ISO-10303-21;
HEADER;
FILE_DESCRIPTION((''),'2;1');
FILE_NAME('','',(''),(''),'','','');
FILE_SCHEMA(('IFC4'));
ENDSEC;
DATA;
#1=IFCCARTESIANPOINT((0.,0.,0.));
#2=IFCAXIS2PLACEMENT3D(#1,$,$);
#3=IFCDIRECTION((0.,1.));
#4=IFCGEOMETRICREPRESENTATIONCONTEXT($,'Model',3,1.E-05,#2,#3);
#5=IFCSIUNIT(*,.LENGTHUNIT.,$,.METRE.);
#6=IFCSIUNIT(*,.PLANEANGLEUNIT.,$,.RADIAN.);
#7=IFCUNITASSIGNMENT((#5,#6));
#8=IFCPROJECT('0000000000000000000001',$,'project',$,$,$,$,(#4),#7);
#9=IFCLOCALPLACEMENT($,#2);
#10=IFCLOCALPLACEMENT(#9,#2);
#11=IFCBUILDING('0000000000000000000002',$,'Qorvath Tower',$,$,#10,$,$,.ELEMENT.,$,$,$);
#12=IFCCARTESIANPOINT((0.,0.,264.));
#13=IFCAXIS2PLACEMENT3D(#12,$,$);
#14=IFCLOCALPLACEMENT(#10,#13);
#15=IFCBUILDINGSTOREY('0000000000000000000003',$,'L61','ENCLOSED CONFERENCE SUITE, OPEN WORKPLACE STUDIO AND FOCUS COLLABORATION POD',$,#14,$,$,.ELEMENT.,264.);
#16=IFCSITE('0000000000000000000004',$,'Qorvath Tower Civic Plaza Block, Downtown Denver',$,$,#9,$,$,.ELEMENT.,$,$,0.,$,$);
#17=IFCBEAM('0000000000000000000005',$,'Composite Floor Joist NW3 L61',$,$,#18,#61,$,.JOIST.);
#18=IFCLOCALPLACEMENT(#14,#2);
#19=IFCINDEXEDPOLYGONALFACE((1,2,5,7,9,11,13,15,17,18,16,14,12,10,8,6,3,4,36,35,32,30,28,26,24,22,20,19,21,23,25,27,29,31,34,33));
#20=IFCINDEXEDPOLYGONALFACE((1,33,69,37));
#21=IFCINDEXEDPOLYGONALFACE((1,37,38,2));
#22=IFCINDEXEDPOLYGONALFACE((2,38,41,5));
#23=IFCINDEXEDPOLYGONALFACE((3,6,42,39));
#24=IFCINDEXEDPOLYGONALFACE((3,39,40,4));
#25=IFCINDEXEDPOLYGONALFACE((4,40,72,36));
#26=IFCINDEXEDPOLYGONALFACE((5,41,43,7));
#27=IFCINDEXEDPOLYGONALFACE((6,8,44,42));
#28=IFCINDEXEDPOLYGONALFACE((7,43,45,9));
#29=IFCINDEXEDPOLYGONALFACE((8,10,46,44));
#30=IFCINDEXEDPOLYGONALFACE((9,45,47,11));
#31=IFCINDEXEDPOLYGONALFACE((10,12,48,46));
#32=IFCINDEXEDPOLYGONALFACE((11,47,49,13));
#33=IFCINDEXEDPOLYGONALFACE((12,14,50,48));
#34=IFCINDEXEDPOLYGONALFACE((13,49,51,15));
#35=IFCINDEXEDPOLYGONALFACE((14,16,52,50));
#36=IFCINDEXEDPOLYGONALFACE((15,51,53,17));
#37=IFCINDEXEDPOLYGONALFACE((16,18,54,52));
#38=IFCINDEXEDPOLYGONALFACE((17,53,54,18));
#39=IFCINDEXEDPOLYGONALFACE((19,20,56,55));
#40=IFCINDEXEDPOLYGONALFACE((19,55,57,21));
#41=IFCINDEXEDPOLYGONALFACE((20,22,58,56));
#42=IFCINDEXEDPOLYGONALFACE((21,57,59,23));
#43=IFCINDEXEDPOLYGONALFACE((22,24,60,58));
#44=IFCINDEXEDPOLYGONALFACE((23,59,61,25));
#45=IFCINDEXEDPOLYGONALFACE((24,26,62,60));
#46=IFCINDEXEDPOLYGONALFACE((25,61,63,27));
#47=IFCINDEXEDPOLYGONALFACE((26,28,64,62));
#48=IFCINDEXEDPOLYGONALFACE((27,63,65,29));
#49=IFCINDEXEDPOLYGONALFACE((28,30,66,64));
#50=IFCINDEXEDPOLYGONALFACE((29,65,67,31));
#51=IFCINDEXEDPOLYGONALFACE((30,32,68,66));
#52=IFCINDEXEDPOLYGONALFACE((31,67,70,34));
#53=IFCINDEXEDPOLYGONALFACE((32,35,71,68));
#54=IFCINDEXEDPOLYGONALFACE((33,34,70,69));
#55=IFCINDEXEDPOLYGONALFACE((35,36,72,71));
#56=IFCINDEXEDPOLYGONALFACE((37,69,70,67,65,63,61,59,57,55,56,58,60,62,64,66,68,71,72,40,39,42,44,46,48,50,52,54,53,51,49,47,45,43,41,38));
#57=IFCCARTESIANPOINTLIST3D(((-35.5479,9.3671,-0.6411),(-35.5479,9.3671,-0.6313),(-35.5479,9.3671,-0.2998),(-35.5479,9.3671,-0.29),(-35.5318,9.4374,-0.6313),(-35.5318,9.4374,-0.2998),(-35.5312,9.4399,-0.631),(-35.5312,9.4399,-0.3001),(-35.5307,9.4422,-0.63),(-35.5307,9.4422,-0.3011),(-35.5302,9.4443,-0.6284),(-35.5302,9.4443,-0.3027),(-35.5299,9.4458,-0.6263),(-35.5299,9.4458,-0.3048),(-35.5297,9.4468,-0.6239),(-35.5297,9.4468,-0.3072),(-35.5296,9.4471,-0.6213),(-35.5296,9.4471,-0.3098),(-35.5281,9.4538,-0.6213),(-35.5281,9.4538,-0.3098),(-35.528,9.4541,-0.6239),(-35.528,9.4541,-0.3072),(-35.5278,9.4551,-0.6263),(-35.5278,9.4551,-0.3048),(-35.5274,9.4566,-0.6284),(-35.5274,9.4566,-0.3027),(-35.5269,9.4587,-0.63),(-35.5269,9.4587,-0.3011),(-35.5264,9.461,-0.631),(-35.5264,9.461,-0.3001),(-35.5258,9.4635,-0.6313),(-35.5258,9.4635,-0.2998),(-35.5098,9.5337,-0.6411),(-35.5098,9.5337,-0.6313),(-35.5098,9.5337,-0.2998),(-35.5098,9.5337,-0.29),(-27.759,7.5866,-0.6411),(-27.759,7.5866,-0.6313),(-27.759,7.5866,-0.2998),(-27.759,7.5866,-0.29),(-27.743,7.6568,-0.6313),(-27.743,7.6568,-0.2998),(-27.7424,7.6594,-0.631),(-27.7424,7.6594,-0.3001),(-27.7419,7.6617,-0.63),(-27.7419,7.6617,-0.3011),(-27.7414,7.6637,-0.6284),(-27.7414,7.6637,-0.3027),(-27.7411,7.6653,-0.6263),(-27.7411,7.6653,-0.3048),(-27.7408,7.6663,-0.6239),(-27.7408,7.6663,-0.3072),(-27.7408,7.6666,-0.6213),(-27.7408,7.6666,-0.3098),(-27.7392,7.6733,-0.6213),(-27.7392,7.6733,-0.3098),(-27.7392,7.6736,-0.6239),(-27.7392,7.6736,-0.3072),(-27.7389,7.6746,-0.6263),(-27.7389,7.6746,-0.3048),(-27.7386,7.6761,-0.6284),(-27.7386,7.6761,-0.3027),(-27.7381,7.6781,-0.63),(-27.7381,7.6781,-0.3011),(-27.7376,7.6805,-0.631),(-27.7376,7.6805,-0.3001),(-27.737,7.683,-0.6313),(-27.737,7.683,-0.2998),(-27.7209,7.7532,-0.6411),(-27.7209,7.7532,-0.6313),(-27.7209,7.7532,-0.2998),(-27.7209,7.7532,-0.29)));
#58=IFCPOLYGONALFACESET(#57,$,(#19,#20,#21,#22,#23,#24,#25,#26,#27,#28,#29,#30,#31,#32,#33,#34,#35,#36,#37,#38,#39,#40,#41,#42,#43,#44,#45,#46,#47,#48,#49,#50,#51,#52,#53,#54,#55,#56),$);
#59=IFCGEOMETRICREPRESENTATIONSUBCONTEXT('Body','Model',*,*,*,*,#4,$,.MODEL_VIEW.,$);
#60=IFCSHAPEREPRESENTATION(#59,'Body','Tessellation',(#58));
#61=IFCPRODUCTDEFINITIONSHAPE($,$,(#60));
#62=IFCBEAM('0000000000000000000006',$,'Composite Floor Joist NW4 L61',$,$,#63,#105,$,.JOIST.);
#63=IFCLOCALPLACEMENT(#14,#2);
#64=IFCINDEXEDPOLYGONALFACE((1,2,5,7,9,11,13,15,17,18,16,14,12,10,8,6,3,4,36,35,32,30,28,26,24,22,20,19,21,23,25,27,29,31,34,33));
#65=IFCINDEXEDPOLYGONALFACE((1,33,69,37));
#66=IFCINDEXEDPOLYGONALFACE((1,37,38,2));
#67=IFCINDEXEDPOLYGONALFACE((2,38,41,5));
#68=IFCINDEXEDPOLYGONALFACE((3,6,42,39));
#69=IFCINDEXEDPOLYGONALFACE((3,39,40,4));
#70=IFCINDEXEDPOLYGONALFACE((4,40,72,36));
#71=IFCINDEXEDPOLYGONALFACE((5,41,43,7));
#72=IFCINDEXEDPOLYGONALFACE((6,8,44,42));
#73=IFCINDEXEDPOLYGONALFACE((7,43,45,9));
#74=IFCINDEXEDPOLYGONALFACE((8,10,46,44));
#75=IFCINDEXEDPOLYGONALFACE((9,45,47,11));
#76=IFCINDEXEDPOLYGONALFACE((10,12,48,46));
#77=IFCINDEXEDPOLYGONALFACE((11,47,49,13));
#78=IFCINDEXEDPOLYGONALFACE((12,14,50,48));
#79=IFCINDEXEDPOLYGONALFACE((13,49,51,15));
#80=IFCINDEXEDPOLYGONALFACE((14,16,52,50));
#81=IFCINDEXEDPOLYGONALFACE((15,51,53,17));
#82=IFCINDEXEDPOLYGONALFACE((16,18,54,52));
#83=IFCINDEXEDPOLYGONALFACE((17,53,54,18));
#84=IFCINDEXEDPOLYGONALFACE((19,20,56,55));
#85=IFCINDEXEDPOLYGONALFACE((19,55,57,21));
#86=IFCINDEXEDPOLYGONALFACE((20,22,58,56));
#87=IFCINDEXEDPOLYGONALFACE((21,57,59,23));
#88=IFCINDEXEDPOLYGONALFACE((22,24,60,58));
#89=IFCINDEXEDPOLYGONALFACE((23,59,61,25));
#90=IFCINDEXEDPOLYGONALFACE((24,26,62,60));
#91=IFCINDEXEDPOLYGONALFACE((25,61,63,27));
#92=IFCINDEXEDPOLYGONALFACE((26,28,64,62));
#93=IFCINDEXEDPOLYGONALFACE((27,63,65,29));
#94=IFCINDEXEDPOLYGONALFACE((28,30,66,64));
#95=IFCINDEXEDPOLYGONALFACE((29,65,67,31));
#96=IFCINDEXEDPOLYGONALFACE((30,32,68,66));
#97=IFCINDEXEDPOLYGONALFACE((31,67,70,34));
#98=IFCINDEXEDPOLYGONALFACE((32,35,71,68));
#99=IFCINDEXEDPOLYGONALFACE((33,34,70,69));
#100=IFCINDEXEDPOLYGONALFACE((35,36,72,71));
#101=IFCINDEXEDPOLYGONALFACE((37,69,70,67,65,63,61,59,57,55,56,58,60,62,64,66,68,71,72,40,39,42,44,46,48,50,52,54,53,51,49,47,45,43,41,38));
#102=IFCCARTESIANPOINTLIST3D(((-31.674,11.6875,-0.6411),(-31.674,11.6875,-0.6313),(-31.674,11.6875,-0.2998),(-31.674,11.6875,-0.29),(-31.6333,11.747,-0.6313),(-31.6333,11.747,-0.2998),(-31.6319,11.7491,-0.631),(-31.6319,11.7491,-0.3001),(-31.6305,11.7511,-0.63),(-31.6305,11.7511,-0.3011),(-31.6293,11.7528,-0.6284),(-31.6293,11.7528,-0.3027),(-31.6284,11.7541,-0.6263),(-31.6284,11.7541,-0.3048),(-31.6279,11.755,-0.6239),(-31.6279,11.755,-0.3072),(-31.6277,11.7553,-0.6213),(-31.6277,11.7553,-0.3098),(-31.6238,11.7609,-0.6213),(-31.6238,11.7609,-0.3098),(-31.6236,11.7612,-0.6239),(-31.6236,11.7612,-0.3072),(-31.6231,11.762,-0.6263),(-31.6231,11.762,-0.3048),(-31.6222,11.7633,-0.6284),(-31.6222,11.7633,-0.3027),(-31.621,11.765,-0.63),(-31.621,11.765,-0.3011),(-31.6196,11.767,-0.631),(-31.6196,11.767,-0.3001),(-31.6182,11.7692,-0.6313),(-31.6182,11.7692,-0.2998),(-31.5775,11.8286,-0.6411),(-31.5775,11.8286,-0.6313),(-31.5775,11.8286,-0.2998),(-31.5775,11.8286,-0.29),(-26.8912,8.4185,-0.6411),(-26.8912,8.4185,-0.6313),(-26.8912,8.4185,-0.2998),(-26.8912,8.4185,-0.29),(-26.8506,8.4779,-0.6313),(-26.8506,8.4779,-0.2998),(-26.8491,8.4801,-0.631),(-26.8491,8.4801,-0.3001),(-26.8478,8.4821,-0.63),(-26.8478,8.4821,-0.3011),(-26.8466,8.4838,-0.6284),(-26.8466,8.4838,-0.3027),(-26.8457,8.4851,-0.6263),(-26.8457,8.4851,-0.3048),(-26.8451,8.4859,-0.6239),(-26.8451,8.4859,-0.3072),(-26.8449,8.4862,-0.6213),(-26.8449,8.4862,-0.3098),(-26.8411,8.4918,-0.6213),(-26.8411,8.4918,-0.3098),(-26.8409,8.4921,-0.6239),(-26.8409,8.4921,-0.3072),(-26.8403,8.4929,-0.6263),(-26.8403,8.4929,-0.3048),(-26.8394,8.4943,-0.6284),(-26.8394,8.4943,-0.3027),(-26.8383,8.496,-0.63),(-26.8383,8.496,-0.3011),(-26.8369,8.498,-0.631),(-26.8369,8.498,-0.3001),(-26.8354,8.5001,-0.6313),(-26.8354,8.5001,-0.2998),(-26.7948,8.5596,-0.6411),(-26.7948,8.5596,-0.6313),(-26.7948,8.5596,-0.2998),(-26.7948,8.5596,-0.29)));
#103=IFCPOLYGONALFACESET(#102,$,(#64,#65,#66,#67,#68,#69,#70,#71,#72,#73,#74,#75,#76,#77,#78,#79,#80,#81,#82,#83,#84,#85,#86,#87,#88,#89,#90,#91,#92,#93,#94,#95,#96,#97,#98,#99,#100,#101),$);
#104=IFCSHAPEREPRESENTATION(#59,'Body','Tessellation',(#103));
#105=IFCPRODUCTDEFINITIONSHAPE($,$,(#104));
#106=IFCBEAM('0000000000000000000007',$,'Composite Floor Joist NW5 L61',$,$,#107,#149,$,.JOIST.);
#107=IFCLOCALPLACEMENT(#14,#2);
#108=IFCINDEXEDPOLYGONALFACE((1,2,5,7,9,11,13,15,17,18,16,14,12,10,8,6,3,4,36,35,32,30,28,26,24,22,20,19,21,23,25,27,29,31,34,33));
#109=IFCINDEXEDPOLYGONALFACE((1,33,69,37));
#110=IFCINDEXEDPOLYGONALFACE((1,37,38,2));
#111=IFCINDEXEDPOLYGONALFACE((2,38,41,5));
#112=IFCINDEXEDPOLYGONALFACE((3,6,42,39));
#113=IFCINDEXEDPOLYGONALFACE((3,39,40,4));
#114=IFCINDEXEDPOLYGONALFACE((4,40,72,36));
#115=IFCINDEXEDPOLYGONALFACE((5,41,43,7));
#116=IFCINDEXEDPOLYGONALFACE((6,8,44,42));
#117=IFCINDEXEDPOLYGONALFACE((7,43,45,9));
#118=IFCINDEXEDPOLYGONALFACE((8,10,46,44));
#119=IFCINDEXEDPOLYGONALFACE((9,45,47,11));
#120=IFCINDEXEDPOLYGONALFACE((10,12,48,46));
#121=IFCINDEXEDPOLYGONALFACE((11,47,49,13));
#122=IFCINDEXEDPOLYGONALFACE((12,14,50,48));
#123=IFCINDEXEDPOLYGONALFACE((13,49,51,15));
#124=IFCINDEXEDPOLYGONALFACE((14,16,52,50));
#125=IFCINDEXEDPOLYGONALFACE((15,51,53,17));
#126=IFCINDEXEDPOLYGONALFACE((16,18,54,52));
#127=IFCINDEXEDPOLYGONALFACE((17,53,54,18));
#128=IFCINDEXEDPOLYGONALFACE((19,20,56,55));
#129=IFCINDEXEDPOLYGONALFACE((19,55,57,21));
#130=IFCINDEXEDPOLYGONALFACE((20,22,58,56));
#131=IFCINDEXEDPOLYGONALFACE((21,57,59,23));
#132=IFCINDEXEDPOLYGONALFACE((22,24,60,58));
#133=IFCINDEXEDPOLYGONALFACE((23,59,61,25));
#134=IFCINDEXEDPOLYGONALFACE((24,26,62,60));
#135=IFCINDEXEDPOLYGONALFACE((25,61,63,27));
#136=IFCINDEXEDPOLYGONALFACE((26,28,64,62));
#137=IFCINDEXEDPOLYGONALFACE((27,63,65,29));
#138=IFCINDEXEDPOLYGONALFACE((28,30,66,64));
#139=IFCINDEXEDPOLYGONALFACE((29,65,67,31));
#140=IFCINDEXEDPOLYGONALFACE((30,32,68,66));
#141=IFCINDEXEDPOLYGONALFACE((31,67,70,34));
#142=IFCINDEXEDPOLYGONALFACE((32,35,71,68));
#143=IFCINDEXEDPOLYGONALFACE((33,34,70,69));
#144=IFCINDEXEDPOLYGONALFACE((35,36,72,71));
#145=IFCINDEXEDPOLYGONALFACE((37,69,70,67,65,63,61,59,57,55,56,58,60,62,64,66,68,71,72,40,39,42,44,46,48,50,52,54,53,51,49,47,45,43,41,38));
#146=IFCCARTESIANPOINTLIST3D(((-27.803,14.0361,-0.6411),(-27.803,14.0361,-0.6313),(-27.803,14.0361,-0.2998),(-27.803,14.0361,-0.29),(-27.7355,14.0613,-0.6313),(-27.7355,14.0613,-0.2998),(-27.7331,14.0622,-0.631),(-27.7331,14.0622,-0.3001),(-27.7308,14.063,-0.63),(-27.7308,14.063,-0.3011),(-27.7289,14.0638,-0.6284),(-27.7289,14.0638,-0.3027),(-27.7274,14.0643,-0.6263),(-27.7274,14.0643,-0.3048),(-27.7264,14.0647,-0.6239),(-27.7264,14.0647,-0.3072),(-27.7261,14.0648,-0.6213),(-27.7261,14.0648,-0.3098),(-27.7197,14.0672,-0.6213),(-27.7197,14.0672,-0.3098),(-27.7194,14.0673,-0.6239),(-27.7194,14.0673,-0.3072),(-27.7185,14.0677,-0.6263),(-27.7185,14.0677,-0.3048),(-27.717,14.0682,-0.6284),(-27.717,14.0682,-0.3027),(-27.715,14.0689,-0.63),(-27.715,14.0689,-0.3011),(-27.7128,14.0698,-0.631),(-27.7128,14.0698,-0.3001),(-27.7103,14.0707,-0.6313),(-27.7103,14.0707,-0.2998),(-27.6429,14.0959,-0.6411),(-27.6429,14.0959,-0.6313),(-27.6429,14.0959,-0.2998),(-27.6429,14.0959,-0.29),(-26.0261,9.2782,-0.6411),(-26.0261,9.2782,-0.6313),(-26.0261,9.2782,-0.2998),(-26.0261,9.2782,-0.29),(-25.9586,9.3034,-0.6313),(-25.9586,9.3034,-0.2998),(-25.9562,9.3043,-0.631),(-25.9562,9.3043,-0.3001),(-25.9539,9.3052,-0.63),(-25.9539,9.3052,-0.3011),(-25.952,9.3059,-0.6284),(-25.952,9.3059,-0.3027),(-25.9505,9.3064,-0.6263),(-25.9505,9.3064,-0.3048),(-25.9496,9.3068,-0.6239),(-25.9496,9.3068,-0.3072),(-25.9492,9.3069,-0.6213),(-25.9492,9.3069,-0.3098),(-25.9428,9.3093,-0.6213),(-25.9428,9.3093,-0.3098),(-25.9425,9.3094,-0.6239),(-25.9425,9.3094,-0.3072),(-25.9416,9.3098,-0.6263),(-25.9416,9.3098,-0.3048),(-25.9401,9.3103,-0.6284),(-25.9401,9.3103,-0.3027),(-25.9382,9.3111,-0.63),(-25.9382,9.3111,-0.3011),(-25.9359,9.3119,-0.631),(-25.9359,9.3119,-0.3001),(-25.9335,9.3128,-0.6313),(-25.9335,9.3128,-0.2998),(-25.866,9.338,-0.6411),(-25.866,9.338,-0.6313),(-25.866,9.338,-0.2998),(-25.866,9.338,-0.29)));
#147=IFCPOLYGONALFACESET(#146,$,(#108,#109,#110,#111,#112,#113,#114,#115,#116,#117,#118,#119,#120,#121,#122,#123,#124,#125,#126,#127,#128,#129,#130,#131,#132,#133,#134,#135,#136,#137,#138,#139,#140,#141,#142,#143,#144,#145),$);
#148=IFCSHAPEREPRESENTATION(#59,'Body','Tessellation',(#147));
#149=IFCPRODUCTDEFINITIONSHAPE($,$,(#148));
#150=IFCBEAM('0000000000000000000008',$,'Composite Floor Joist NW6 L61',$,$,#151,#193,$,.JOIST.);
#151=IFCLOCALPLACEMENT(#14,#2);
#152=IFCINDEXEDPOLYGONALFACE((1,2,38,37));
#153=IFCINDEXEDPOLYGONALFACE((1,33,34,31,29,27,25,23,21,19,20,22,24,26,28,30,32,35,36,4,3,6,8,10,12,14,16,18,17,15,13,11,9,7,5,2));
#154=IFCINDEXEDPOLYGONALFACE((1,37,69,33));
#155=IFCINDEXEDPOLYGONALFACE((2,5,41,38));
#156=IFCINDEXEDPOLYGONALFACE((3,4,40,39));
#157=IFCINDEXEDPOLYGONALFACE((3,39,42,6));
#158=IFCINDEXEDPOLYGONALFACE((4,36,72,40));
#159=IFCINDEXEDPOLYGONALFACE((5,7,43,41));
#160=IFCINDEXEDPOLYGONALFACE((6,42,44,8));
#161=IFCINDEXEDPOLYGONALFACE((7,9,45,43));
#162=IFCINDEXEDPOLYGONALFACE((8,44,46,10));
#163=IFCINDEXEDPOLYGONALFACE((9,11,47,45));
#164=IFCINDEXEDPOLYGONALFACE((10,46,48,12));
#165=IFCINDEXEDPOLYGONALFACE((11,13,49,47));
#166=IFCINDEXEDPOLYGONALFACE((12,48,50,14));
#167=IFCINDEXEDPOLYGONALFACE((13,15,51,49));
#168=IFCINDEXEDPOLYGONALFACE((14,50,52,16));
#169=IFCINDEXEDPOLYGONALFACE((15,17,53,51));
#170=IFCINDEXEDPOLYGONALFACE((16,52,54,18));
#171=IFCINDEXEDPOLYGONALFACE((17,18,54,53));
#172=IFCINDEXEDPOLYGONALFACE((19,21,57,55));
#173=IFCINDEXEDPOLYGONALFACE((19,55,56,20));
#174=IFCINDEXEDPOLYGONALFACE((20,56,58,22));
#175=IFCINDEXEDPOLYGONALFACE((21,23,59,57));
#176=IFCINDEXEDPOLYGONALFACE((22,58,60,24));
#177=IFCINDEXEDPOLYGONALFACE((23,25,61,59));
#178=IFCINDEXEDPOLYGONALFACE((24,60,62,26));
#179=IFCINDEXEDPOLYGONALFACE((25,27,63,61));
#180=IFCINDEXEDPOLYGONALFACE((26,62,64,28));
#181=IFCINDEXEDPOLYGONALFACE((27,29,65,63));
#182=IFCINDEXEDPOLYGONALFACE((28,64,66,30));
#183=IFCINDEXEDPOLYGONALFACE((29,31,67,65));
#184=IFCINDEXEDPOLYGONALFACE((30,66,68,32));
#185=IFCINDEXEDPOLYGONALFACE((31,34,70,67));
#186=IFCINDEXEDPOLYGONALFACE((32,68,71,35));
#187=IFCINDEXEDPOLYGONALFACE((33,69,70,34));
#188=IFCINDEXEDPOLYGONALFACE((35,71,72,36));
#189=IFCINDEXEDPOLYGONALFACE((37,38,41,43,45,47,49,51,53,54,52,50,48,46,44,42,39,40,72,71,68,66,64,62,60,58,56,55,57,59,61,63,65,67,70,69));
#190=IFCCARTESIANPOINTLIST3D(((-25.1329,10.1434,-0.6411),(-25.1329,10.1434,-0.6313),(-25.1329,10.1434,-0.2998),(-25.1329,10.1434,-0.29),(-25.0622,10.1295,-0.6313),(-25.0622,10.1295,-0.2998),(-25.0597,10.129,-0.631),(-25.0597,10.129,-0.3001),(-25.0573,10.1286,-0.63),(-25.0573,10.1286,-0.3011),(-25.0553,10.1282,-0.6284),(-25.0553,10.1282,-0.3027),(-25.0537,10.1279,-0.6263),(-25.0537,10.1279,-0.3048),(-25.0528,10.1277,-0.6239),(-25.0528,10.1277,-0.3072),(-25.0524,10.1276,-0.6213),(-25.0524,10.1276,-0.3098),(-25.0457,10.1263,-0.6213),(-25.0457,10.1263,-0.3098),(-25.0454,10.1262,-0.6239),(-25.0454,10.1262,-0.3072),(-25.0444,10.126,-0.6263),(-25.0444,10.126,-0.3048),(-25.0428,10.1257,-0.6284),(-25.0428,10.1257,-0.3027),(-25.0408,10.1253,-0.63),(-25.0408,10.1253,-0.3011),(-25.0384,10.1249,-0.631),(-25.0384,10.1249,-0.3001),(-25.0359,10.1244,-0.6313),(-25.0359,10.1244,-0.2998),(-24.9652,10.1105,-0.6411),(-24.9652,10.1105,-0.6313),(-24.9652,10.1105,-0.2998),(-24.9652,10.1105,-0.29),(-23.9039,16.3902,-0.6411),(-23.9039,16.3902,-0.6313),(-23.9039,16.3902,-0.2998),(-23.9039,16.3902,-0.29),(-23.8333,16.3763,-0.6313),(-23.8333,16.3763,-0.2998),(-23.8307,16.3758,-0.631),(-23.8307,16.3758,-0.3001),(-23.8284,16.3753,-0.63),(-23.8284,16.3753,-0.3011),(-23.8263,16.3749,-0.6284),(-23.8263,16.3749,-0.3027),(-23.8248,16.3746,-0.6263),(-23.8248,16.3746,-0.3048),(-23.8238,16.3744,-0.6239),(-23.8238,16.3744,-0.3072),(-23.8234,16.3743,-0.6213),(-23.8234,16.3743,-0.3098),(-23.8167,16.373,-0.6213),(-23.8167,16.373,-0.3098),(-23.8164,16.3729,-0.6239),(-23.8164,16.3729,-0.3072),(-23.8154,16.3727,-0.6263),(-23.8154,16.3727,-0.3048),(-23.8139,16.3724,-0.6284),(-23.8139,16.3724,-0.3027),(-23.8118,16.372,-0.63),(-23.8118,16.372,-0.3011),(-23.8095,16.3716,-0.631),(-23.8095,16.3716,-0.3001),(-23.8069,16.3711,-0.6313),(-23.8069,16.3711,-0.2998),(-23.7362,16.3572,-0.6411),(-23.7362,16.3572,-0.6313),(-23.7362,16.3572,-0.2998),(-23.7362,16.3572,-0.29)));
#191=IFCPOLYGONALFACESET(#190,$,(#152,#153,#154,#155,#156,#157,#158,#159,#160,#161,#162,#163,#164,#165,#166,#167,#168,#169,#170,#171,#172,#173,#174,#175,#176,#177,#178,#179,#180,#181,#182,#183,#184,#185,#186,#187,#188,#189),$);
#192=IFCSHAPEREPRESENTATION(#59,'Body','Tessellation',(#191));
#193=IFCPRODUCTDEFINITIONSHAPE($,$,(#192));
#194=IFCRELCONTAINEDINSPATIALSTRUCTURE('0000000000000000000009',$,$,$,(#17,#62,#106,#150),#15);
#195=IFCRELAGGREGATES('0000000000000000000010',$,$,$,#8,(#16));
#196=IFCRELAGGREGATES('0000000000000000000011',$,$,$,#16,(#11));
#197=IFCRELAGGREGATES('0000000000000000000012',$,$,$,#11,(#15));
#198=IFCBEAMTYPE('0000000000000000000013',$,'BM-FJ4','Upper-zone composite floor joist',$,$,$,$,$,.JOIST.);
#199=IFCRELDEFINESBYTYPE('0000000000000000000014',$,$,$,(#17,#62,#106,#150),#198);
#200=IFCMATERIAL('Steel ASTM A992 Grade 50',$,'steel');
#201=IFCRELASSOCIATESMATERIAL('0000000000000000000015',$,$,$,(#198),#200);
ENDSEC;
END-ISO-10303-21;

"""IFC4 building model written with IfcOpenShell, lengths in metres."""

from ifc_helpers import new_model, si_unit, direction, frame, origin, origin_2d, place, context, subcontext, project, spatial, i_section, extrude, material, material_profile, profile_set, type_object, element, save


model = new_model("IFC4")

# Units and contexts
model_context = context("Model", 3, precision=1e-05, world=origin(), true_north=direction((0.0, 1.0)))
body_context = subcontext(model_context, "Body", "Model", "MODEL_VIEW")
ifc_project = project(units=[si_unit("LENGTHUNIT", "METRE"), si_unit("PLANEANGLEUNIT", "RADIAN")], contexts=[model_context])

# Site, building, storey
site_placement = place(None, origin())
site = spatial("IfcSite", under=ifc_project, at=site_placement, Name="Qorvath Tower Civic Plaza Block, Downtown Denver", CompositionType="ELEMENT", RefElevation=0.0)
building_placement = place(site_placement, origin())
building = spatial("IfcBuilding", under=site, at=building_placement, Name="Qorvath Tower", CompositionType="ELEMENT")
storey_placement = place(building_placement, frame((0.0, 0.0, 264.0)))
storey = spatial("IfcBuildingStorey", under=building, at=storey_placement, Name="L61", Description="ENCLOSED CONFERENCE SUITE, OPEN WORKPLACE STUDIO AND FOCUS COLLABORATION POD", CompositionType="ELEMENT", Elevation=264.0)

# Beams
ifc_material_1 = material(Name="Steel ASTM A992 Grade 50", Category="steel")
ifc_material_profile_1 = material_profile(ifc_material_1, i_section(OverallWidth=0.1709, OverallDepth=0.3511, WebThickness=0.0068, FlangeThickness=0.0098, FilletRadius=0.01, at=origin_2d()), Name="W14x30")
ifc_profile_set_1 = profile_set([ifc_material_profile_1], Name="Steel ASTM A992 Grade 50")
beam_type_1 = type_object("IfcBeamType", Name="BM-FJ4", Description="Upper-zone composite floor joist", PredefinedType="JOIST", material=ifc_profile_set_1)
beam_1_placement = place(storey_placement, frame((-27.74, 7.6699, -0.4656), z_axis=(-0.974853, 0.222851, 0.0), x_axis=(-0.222851, -0.974853, 0.0)))
element("IfcBeam", 1, at=beam_1_placement, inside=storey, type_object=beam_type_1, Name="Composite Floor Joist NW3 L61", PredefinedType="JOIST", context=body_context, shape_type="SweptSolid", body=[
    extrude(i_section(OverallWidth=0.1709, OverallDepth=0.3511, WebThickness=0.0068, FlangeThickness=0.0098, FilletRadius=0.01, at=origin_2d()), origin(), (0.0, 0.0, 1.0), 7.9897),
])
beam_2_placement = place(storey_placement, frame((-26.843, 8.489, -0.4656), z_axis=(-0.825576, 0.564291, 0.0), x_axis=(-0.564291, -0.825576, 0.0)))
element("IfcBeam", 2, at=beam_2_placement, inside=storey, type_object=beam_type_1, Name="Composite Floor Joist NW4 L61", PredefinedType="JOIST", context=body_context, shape_type="SweptSolid", body=[
    extrude(i_section(OverallWidth=0.1709, OverallDepth=0.3511, WebThickness=0.0068, FlangeThickness=0.0098, FilletRadius=0.01, at=origin_2d()), origin(), (0.0, 0.0, 1.0), 5.7932),
])
beam_3_placement = place(storey_placement, frame((-25.946, 9.3081, -0.4656), z_axis=(-0.349859, 0.936802, 0.0), x_axis=(-0.936802, -0.349859, 0.0)))
element("IfcBeam", 3, at=beam_3_placement, inside=storey, type_object=beam_type_1, Name="Composite Floor Joist NW5 L61", PredefinedType="JOIST", context=body_context, shape_type="SweptSolid", body=[
    extrude(i_section(OverallWidth=0.1709, OverallDepth=0.3511, WebThickness=0.0068, FlangeThickness=0.0098, FilletRadius=0.01, at=origin_2d()), origin(), (0.0, 0.0, 1.0), 5.0789),
])
beam_4_placement = place(storey_placement, frame((-25.0491, 10.127, -0.4656), z_axis=(0.19304, 0.981191, 0.0), x_axis=(-0.981191, 0.19304, 0.0)))
element("IfcBeam", 4, at=beam_4_placement, inside=storey, type_object=beam_type_1, Name="Composite Floor Joist NW6 L61", PredefinedType="JOIST", context=body_context, shape_type="SweptSolid", body=[
    extrude(i_section(OverallWidth=0.1709, OverallDepth=0.3511, WebThickness=0.0068, FlangeThickness=0.0098, FilletRadius=0.01, at=origin_2d()), origin(), (0.0, 0.0, 1.0), 6.3665),
])

save(model, "model.ifc")
